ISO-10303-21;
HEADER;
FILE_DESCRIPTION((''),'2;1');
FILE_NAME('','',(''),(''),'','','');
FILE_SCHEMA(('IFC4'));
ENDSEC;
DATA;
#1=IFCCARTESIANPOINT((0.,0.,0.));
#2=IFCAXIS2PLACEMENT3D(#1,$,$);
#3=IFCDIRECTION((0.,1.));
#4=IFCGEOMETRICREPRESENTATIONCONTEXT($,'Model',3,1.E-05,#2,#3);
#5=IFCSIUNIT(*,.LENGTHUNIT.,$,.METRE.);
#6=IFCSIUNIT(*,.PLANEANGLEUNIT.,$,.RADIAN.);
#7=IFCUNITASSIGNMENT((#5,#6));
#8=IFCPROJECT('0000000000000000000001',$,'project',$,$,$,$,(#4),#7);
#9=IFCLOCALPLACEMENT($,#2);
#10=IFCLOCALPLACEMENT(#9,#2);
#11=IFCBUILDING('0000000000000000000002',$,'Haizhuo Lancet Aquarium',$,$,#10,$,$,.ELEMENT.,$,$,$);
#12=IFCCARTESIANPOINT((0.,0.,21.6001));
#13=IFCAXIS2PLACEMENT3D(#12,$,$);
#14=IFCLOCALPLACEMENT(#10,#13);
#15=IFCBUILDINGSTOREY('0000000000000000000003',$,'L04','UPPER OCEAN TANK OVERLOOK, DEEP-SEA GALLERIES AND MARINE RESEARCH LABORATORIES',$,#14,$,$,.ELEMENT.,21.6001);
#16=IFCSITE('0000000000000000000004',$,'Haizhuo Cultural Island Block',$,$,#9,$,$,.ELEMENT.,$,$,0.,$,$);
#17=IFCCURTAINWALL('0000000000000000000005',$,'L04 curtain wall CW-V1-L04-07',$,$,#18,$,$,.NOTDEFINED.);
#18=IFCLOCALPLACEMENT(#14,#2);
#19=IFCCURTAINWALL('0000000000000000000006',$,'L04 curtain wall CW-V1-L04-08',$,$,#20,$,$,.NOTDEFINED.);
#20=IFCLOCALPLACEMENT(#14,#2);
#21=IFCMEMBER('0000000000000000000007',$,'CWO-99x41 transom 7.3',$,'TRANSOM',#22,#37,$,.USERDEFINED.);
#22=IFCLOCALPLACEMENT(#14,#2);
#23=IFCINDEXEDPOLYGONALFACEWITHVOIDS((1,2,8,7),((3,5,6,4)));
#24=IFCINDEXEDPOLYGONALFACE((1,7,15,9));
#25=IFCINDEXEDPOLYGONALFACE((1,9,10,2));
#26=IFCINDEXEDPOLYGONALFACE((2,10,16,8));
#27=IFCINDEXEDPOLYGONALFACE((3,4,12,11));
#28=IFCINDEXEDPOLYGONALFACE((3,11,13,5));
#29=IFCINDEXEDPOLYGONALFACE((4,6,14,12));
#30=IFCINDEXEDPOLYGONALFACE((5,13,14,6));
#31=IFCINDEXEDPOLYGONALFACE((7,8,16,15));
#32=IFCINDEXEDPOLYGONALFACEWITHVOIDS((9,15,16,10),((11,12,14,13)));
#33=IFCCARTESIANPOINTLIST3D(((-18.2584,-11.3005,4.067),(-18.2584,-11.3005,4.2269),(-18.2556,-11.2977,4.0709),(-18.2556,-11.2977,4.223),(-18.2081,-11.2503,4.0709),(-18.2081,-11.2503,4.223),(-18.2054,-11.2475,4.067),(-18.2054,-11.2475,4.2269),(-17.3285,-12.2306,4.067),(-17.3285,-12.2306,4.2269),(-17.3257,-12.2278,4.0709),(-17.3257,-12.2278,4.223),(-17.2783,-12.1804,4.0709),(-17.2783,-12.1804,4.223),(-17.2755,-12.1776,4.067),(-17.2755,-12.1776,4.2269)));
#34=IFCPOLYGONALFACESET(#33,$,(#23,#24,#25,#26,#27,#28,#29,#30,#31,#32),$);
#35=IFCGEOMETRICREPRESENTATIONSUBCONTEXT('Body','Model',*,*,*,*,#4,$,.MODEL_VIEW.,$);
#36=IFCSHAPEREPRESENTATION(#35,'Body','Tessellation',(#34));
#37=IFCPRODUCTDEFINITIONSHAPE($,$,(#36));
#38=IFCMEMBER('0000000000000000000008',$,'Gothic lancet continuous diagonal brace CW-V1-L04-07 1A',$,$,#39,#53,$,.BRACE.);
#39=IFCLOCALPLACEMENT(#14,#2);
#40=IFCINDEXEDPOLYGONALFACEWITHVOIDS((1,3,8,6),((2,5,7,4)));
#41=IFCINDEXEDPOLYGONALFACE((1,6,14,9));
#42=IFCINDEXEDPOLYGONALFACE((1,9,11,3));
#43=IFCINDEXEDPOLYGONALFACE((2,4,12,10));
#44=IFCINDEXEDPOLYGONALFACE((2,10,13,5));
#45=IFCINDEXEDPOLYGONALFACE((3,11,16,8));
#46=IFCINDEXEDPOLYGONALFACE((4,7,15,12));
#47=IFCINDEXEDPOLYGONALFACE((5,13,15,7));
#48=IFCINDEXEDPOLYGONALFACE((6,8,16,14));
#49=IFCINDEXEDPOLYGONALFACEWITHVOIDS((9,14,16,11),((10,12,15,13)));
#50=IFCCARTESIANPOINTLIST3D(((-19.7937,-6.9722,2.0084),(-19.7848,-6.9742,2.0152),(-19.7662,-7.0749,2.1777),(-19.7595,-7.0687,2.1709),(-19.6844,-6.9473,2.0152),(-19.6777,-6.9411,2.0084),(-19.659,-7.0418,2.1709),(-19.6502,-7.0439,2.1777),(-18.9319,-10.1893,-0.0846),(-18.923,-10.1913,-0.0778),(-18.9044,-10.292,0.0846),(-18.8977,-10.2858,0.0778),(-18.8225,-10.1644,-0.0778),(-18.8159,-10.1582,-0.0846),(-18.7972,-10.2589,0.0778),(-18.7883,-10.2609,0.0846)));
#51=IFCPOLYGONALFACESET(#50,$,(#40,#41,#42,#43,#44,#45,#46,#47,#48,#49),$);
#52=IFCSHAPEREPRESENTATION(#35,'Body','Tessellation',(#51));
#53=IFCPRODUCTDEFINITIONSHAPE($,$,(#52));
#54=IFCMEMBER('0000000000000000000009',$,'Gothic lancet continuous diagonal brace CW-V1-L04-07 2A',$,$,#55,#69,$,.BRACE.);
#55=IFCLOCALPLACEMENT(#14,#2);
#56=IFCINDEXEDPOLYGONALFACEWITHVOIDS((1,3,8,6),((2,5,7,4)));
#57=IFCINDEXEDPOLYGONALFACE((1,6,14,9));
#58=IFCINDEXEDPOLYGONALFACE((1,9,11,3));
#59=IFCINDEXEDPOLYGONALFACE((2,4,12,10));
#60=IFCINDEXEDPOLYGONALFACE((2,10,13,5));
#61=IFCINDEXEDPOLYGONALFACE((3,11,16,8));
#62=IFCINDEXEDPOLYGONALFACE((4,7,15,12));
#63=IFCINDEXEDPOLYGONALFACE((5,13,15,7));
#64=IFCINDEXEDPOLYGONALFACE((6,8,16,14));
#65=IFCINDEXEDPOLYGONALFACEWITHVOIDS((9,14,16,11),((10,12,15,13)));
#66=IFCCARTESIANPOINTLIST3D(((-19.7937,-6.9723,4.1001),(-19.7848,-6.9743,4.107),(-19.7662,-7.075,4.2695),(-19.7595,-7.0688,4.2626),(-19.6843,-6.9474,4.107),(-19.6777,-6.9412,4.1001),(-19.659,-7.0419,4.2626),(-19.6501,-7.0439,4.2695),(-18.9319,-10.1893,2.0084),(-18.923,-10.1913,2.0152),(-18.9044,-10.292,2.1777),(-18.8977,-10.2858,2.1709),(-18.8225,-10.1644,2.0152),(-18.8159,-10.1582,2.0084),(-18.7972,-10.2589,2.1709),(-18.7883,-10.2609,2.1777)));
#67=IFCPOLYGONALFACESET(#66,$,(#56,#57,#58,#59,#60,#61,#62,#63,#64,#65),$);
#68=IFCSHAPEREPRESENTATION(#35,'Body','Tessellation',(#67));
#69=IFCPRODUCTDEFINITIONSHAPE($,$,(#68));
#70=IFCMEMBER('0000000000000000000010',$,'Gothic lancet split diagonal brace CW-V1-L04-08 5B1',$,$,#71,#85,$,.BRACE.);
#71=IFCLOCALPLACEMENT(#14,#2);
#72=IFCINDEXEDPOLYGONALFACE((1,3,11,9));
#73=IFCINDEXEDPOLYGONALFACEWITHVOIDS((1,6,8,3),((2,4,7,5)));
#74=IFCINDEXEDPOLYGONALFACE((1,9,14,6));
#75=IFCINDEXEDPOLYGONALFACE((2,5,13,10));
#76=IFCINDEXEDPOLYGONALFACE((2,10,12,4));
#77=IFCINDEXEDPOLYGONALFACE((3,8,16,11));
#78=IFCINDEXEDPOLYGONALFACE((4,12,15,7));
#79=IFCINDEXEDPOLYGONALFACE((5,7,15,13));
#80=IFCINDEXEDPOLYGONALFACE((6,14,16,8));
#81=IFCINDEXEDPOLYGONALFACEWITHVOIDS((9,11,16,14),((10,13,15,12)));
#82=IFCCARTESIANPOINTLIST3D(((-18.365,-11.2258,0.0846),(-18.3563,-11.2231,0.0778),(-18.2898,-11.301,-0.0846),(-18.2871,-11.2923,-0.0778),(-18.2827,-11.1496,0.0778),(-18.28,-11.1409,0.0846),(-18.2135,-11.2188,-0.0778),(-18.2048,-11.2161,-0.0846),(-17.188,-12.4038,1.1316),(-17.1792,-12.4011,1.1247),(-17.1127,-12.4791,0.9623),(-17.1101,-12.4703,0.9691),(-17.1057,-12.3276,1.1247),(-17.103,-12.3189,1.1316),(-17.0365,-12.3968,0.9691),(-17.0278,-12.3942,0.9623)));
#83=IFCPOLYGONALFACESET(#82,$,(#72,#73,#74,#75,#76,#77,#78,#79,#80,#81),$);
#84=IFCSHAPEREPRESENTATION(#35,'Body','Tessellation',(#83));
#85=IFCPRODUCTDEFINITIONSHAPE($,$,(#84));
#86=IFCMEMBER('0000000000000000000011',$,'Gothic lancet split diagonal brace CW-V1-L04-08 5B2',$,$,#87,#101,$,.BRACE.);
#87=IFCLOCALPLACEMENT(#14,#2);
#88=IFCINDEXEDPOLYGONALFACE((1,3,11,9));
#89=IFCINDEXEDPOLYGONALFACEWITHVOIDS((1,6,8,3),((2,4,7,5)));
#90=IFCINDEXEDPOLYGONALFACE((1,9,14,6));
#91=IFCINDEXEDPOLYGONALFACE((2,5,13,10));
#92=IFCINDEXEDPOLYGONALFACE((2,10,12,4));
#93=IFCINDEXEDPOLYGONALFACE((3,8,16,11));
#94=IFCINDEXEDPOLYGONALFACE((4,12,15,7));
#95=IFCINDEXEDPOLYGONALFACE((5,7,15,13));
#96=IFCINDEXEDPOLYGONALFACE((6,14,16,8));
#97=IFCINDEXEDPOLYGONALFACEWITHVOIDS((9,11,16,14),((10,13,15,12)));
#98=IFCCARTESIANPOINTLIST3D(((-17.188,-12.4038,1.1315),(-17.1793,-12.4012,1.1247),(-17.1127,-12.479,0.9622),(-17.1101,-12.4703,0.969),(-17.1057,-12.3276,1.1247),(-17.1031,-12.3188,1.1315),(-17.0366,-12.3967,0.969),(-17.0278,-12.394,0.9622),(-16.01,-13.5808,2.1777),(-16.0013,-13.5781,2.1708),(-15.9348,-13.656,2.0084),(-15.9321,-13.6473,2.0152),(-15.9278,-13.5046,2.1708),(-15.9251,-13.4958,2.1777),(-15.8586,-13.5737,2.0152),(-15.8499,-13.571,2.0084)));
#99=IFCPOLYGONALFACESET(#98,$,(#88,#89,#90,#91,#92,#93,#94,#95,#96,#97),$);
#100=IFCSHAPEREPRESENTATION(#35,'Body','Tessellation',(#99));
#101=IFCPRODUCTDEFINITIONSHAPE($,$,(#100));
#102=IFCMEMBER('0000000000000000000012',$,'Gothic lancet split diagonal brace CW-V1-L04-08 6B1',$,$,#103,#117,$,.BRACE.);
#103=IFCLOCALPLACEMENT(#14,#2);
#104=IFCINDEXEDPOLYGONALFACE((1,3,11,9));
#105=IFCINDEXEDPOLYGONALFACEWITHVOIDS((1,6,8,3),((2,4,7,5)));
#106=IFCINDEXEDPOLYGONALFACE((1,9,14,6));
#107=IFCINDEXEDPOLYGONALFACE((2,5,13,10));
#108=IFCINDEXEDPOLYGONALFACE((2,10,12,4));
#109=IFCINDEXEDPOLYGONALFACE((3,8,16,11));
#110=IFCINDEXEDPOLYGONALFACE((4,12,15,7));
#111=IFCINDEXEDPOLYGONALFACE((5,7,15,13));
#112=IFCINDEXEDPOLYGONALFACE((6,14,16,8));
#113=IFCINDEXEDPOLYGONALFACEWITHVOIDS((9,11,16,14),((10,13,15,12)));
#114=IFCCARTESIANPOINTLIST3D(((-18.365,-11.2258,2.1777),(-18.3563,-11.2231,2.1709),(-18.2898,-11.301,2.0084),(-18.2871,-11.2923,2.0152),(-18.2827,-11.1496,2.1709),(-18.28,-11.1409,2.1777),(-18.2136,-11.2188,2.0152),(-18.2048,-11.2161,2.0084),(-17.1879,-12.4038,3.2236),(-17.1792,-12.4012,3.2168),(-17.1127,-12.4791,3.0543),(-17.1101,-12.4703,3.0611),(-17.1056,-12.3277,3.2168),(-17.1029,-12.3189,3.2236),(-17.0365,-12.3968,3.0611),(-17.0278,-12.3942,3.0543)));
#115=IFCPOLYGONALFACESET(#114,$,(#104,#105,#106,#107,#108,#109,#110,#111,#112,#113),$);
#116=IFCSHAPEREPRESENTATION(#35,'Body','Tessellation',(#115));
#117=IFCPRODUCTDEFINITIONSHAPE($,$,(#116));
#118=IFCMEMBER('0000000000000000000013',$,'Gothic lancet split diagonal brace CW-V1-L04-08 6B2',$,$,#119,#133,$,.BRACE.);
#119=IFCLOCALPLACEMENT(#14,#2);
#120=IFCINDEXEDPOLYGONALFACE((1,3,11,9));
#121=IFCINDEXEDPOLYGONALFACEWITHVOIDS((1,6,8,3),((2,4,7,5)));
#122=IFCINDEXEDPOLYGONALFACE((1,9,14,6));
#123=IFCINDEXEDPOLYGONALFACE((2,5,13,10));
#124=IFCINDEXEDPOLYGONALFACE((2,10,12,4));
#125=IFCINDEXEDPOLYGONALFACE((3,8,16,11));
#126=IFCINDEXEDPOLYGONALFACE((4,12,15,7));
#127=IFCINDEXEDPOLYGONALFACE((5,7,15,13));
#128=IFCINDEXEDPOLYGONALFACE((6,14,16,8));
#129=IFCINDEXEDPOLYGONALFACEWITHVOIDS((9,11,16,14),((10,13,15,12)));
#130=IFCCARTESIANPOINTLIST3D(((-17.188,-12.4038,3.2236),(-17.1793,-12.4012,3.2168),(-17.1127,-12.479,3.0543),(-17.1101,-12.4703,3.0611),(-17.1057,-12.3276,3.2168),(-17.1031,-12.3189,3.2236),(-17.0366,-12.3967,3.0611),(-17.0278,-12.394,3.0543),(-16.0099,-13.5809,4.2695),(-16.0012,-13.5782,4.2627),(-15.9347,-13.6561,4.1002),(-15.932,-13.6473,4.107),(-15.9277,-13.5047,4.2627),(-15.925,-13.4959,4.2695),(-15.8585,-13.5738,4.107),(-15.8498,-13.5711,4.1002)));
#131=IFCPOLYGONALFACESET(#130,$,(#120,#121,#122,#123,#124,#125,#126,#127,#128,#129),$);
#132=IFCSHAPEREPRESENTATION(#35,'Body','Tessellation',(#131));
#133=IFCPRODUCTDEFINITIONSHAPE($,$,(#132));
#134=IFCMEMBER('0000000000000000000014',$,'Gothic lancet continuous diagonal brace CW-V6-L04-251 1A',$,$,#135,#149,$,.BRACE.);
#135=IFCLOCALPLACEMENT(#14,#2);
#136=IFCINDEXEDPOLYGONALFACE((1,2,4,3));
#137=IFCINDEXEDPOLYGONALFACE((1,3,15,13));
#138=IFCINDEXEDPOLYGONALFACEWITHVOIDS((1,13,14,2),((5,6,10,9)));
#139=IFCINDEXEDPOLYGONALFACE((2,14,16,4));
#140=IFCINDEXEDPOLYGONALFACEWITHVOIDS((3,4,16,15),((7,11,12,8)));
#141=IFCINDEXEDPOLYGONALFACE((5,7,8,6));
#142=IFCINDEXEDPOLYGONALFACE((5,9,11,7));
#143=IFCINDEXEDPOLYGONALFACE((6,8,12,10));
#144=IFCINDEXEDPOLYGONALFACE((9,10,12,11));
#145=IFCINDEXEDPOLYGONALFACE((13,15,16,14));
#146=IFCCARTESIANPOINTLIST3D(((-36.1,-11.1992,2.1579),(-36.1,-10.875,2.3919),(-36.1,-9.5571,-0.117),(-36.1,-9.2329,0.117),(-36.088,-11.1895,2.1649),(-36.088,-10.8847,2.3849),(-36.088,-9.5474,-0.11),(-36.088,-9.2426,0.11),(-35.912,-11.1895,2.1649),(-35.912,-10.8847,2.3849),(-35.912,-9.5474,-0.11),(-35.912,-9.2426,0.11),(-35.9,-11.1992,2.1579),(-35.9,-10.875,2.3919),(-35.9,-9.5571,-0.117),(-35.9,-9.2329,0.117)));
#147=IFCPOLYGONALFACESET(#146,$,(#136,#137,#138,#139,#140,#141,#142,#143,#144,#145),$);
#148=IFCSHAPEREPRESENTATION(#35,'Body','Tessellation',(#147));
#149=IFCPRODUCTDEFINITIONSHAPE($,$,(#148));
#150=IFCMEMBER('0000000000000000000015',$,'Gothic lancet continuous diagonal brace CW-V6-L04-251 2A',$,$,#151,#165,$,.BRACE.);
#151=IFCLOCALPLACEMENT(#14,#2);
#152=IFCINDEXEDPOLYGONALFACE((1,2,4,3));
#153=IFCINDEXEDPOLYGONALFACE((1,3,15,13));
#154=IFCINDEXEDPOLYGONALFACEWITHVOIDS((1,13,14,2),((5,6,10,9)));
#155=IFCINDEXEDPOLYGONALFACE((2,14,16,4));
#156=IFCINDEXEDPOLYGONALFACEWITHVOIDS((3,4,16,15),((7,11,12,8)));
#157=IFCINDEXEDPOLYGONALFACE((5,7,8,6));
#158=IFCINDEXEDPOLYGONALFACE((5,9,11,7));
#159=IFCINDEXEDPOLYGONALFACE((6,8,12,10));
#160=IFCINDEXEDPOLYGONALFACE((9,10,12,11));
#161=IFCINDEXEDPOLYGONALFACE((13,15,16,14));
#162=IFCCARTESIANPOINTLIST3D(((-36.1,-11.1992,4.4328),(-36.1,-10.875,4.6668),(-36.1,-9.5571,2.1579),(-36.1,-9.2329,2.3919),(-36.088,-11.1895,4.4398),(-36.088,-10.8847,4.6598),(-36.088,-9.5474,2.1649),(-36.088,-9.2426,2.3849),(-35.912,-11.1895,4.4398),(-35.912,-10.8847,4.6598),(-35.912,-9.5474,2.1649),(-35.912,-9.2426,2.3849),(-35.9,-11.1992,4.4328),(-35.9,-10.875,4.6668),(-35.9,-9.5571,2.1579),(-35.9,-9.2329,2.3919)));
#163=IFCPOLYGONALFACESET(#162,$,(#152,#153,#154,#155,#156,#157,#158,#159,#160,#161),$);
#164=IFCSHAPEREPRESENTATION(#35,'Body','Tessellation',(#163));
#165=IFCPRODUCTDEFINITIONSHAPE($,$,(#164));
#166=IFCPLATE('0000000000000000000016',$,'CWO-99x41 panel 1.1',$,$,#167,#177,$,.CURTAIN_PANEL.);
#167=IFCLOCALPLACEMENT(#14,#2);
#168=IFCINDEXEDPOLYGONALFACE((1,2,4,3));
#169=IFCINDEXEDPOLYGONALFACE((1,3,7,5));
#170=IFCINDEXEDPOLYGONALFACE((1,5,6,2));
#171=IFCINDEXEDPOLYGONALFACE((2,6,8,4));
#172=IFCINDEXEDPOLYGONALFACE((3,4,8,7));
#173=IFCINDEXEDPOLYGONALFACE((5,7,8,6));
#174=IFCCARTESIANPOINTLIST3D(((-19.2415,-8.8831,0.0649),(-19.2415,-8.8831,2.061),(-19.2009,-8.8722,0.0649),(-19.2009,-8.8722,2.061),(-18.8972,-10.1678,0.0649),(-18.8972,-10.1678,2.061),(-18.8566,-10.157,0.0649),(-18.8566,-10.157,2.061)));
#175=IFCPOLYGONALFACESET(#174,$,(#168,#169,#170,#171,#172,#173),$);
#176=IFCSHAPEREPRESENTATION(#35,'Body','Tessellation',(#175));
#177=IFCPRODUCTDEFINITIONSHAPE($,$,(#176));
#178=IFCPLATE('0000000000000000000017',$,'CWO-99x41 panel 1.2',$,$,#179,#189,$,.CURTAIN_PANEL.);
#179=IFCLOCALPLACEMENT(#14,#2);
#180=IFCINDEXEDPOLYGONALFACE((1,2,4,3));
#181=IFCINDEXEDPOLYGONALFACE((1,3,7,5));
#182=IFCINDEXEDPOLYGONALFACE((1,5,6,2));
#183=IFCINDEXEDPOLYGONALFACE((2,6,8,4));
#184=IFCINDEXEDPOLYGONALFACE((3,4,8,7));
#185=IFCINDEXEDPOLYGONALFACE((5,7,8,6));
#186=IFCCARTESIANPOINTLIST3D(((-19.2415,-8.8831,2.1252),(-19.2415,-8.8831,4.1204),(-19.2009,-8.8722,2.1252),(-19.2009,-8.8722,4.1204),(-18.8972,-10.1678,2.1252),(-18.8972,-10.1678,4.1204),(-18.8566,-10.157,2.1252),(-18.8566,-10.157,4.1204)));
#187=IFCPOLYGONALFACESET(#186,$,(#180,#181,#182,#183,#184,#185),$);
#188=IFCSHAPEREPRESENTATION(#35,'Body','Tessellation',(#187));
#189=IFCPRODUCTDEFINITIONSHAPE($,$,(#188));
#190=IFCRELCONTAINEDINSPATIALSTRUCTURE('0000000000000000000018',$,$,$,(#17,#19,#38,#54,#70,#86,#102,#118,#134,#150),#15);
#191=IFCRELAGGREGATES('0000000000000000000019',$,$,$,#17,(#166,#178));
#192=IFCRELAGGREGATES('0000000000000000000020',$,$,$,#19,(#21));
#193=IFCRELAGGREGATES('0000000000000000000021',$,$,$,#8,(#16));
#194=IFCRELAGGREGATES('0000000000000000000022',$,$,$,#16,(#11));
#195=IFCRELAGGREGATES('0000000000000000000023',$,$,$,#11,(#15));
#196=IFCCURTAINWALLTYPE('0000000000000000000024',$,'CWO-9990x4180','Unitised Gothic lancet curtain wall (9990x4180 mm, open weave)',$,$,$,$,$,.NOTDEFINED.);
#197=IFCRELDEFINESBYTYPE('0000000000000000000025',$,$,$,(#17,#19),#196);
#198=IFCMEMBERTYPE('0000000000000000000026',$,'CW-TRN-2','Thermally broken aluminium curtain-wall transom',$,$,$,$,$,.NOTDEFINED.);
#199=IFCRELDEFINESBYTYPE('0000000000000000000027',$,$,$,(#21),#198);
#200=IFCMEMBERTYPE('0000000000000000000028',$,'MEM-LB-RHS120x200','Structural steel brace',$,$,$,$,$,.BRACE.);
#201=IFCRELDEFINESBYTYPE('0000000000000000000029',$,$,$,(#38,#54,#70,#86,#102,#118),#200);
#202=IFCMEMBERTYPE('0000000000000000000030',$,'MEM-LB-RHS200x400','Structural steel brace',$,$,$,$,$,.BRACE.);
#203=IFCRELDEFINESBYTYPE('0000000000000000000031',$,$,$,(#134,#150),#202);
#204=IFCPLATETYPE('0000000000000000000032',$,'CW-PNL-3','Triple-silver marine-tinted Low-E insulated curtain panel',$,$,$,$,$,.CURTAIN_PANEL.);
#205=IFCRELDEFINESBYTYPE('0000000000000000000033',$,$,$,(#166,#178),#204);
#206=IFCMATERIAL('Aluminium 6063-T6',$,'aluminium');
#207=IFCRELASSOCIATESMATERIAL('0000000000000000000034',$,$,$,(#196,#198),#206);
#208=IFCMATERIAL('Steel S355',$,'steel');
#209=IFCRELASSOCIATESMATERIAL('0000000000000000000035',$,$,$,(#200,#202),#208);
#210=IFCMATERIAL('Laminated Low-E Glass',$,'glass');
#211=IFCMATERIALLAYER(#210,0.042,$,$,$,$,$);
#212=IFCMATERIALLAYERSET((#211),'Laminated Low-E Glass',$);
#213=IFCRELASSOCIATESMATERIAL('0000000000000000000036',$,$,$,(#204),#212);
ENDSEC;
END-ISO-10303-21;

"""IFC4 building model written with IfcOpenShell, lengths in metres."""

from ifc_helpers import new_model, si_unit, direction, frame, origin, origin_2d, place, context, subcontext, project, spatial, rectangle, hollow_rectangle, extrude, material, layer, layer_set, material_profile, profile_set, type_object, element, aggregate, save


model = new_model("IFC4")

# Units and contexts
model_context = context("Model", 3, precision=1e-05, world=origin(), true_north=direction((0.0, 1.0)))
body_context = subcontext(model_context, "Body", "Model", "MODEL_VIEW")
ifc_project = project(units=[si_unit("LENGTHUNIT", "METRE"), si_unit("PLANEANGLEUNIT", "RADIAN")], contexts=[model_context])

# Site, building, storey
site_placement = place(None, origin())
site = spatial("IfcSite", under=ifc_project, at=site_placement, Name="Haizhuo Cultural Island Block", CompositionType="ELEMENT", RefElevation=0.0)
building_placement = place(site_placement, origin())
building = spatial("IfcBuilding", under=site, at=building_placement, Name="Haizhuo Lancet Aquarium", CompositionType="ELEMENT")
storey_placement = place(building_placement, frame((0.0, 0.0, 21.6001)))
storey = spatial("IfcBuildingStorey", under=building, at=storey_placement, Name="L04", Description="UPPER OCEAN TANK OVERLOOK, DEEP-SEA GALLERIES AND MARINE RESEARCH LABORATORIES", CompositionType="ELEMENT", Elevation=21.6001)

# Curtain wall
ifc_material_1 = material(Name="Aluminium 6063-T6", Category="aluminium")
curtain_wall_type_1 = type_object("IfcCurtainWallType", Name="CWO-9990x4180", Description="Unitised Gothic lancet curtain wall (9990x4180 mm, open weave)", PredefinedType="NOTDEFINED", material=ifc_material_1)
curtain_wall_1_placement = place(storey_placement, origin())
curtain_wall_1 = element("IfcCurtainWall", 1, at=curtain_wall_1_placement, inside=storey, type_object=curtain_wall_type_1, Name="L04 curtain wall CW-V1-L04-07", PredefinedType="NOTDEFINED")

# Curtain wall
curtain_wall_2_placement = place(storey_placement, origin())
curtain_wall_2 = element("IfcCurtainWall", 2, at=curtain_wall_2_placement, inside=storey, type_object=curtain_wall_type_1, Name="L04 curtain wall CW-V1-L04-08", PredefinedType="NOTDEFINED")

# Member
ifc_material_profile_1 = material_profile(ifc_material_1, hollow_rectangle(XDim=0.075, YDim=0.1599, WallThickness=0.0039, at=origin_2d()), Name="ALU-T 75x160x4")
ifc_profile_set_1 = profile_set([ifc_material_profile_1], Name="Aluminium 6063-T6")
member_type_1 = type_object("IfcMemberType", Name="CW-TRN-2", Description="Thermally broken aluminium curtain-wall transom", PredefinedType="NOTDEFINED", material=ifc_profile_set_1)
member_1_placement = place(storey_placement, frame((-17.302, -12.2041, 4.147), z_axis=(-0.707014, 0.7072, 0.0), x_axis=(-0.7072, -0.707014, 0.0)))
member_1 = element("IfcMember", 3, at=member_1_placement, type_object=member_type_1, Name="CWO-99x41 transom 7.3", ObjectType="TRANSOM", PredefinedType="USERDEFINED", context=body_context, shape_type="SweptSolid", body=[
    extrude(hollow_rectangle(XDim=0.075, YDim=0.1599, WallThickness=0.0039, at=origin_2d()), origin(), (0.0, 0.0, 1.0), 1.3152),
])

# Members
ifc_material_2 = material(Name="Steel S355", Category="steel")
ifc_material_profile_2 = material_profile(ifc_material_2, hollow_rectangle(XDim=0.1201, YDim=0.2, WallThickness=0.0081, at=origin_2d()), Name="RHS 120x200x8")
ifc_profile_set_2 = profile_set([ifc_material_profile_2], Name="Steel S355")
member_type_2 = type_object("IfcMemberType", Name="MEM-LB-RHS120x200", Description="Structural steel brace", PredefinedType="BRACE", material=ifc_profile_set_2)
member_2_placement = place(storey_placement, frame((-18.8601, -10.2251, 0.0), z_axis=(-0.219094, 0.817847, 0.532094), x_axis=(-0.96594, -0.258767, 0.0)))
element("IfcMember", 4, at=member_2_placement, inside=storey, type_object=member_type_2, Name="Gothic lancet continuous diagonal brace CW-V1-L04-07 1A", PredefinedType="BRACE", context=body_context, shape_type="SweptSolid", body=[
    extrude(hollow_rectangle(XDim=0.1201, YDim=0.2, WallThickness=0.0081, at=origin_2d()), origin(), (0.0, 0.0, 1.0), 3.9336),
])
member_3_placement = place(storey_placement, frame((-18.8601, -10.2251, 2.093), z_axis=(-0.21913, 0.817982, 0.531871), x_axis=(-0.96594, -0.258767, 0.0)))
element("IfcMember", 5, at=member_3_placement, inside=storey, type_object=member_type_2, Name="Gothic lancet continuous diagonal brace CW-V1-L04-07 2A", PredefinedType="BRACE", context=body_context, shape_type="SweptSolid", body=[
    extrude(hollow_rectangle(XDim=0.1201, YDim=0.2, WallThickness=0.0081, at=origin_2d()), origin(), (0.0, 0.0, 1.0), 3.9329),
])
member_4_placement = place(storey_placement, frame((-18.2849, -11.2209, 0.0), z_axis=(0.598388, -0.598884, 0.532231), x_axis=(0.7074, 0.706813, 0.0)))
element("IfcMember", 6, at=member_4_placement, inside=storey, type_object=member_type_2, Name="Gothic lancet split diagonal brace CW-V1-L04-08 5B1", PredefinedType="BRACE", context=body_context, shape_type="SweptSolid", body=[
    extrude(hollow_rectangle(XDim=0.1201, YDim=0.2, WallThickness=0.0081, at=origin_2d()), origin(), (0.0, 0.0, 1.0), 1.967),
])
for number, where, z_axis, x_axis, name in (
    (7, (-17.1079, -12.3989, 1.0469), (0.599003, -0.598506, 0.531964), (0.706813, 0.7074, 0.0), "Gothic lancet split diagonal brace CW-V1-L04-08 5B2"),
    (8, (-18.2849, -11.2209, 2.093), (0.598546, -0.599042, 0.531875), (0.7074, 0.706813, 0.0), "Gothic lancet split diagonal brace CW-V1-L04-08 6B1"),
    (9, (-17.1079, -12.3989, 3.1389), (0.599042, -0.598546, 0.531875), (0.706813, 0.7074, 0.0), "Gothic lancet split diagonal brace CW-V1-L04-08 6B2"),
):
    element("IfcMember", number, at=place(storey_placement, frame(where, z_axis=z_axis, x_axis=x_axis)), inside=storey, type_object=member_type_2, Name=name, PredefinedType="BRACE", context=body_context, shape_type="SweptSolid", body=[
        extrude(hollow_rectangle(XDim=0.1201, YDim=0.2, WallThickness=0.0081, at=origin_2d()), origin(), (0.0, 0.0, 1.0), 1.9666),
    ])
ifc_material_profile_3 = material_profile(ifc_material_2, hollow_rectangle(XDim=0.2, YDim=0.3999, WallThickness=0.012, at=origin_2d()), Name="RHS 200x400x12")
ifc_profile_set_3 = profile_set([ifc_material_profile_3], Name="Steel S355")
member_type_3 = type_object("IfcMemberType", Name="MEM-LB-RHS200x400", Description="Structural steel brace", PredefinedType="BRACE", material=ifc_profile_set_3)
for number, where, z_axis, x_axis, name in (
    (10, (-36.0, -9.395, 0.0), (0.0, -0.585281, 0.810831), (1.0, 0.0, 0.0), "Gothic lancet continuous diagonal brace CW-V6-L04-251 1A"),
    (11, (-36.0, -9.395, 2.2749), (0.0, -0.585281, 0.810831), (1.0, 0.0, 0.0), "Gothic lancet continuous diagonal brace CW-V6-L04-251 2A"),
):
    element("IfcMember", number, at=place(storey_placement, frame(where, z_axis=z_axis, x_axis=x_axis)), inside=storey, type_object=member_type_3, Name=name, PredefinedType="BRACE", context=body_context, shape_type="SweptSolid", body=[
        extrude(hollow_rectangle(XDim=0.2, YDim=0.3999, WallThickness=0.012, at=origin_2d()), origin(), (0.0, 0.0, 1.0), 2.8057),
    ])

# Plates
ifc_material_3 = material(Name="Laminated Low-E Glass", Category="glass")
ifc_layer_1 = layer(ifc_material_3, 0.042)
ifc_layer_set_1 = layer_set([ifc_layer_1], Name="Laminated Low-E Glass")
plate_type_1 = type_object("IfcPlateType", Name="CW-PNL-3", Description="Triple-silver marine-tinted Low-E insulated curtain panel", PredefinedType="CURTAIN_PANEL", material=ifc_layer_set_1)
plate_1_placement = place(storey_placement, frame((-19.0491, -9.52, 0.0649), z_axis=(0.0, 0.0, 1.0), x_axis=(-0.258853, 0.965917, 0.0)))
plate_1 = element("IfcPlate", 12, at=plate_1_placement, type_object=plate_type_1, Name="CWO-99x41 panel 1.1", PredefinedType="CURTAIN_PANEL", context=body_context, shape_type="SweptSolid", body=[
    extrude(rectangle(XDim=1.3301, YDim=0.042, at=origin_2d()), origin(), (0.0, 0.0, 1.0), 1.9961),
])
plate_2_placement = place(storey_placement, frame((-19.0491, -9.52, 2.1252), z_axis=(0.0, 0.0, 1.0), x_axis=(-0.258853, 0.965917, 0.0)))
plate_2 = element("IfcPlate", 13, at=plate_2_placement, type_object=plate_type_1, Name="CWO-99x41 panel 1.2", PredefinedType="CURTAIN_PANEL", context=body_context, shape_type="SweptSolid", body=[
    extrude(rectangle(XDim=1.3301, YDim=0.042, at=origin_2d()), origin(), (0.0, 0.0, 1.0), 1.9951),
])
aggregate(curtain_wall_1, [plate_1, plate_2])
aggregate(curtain_wall_2, [member_1])

save(model, "model.ifc")
